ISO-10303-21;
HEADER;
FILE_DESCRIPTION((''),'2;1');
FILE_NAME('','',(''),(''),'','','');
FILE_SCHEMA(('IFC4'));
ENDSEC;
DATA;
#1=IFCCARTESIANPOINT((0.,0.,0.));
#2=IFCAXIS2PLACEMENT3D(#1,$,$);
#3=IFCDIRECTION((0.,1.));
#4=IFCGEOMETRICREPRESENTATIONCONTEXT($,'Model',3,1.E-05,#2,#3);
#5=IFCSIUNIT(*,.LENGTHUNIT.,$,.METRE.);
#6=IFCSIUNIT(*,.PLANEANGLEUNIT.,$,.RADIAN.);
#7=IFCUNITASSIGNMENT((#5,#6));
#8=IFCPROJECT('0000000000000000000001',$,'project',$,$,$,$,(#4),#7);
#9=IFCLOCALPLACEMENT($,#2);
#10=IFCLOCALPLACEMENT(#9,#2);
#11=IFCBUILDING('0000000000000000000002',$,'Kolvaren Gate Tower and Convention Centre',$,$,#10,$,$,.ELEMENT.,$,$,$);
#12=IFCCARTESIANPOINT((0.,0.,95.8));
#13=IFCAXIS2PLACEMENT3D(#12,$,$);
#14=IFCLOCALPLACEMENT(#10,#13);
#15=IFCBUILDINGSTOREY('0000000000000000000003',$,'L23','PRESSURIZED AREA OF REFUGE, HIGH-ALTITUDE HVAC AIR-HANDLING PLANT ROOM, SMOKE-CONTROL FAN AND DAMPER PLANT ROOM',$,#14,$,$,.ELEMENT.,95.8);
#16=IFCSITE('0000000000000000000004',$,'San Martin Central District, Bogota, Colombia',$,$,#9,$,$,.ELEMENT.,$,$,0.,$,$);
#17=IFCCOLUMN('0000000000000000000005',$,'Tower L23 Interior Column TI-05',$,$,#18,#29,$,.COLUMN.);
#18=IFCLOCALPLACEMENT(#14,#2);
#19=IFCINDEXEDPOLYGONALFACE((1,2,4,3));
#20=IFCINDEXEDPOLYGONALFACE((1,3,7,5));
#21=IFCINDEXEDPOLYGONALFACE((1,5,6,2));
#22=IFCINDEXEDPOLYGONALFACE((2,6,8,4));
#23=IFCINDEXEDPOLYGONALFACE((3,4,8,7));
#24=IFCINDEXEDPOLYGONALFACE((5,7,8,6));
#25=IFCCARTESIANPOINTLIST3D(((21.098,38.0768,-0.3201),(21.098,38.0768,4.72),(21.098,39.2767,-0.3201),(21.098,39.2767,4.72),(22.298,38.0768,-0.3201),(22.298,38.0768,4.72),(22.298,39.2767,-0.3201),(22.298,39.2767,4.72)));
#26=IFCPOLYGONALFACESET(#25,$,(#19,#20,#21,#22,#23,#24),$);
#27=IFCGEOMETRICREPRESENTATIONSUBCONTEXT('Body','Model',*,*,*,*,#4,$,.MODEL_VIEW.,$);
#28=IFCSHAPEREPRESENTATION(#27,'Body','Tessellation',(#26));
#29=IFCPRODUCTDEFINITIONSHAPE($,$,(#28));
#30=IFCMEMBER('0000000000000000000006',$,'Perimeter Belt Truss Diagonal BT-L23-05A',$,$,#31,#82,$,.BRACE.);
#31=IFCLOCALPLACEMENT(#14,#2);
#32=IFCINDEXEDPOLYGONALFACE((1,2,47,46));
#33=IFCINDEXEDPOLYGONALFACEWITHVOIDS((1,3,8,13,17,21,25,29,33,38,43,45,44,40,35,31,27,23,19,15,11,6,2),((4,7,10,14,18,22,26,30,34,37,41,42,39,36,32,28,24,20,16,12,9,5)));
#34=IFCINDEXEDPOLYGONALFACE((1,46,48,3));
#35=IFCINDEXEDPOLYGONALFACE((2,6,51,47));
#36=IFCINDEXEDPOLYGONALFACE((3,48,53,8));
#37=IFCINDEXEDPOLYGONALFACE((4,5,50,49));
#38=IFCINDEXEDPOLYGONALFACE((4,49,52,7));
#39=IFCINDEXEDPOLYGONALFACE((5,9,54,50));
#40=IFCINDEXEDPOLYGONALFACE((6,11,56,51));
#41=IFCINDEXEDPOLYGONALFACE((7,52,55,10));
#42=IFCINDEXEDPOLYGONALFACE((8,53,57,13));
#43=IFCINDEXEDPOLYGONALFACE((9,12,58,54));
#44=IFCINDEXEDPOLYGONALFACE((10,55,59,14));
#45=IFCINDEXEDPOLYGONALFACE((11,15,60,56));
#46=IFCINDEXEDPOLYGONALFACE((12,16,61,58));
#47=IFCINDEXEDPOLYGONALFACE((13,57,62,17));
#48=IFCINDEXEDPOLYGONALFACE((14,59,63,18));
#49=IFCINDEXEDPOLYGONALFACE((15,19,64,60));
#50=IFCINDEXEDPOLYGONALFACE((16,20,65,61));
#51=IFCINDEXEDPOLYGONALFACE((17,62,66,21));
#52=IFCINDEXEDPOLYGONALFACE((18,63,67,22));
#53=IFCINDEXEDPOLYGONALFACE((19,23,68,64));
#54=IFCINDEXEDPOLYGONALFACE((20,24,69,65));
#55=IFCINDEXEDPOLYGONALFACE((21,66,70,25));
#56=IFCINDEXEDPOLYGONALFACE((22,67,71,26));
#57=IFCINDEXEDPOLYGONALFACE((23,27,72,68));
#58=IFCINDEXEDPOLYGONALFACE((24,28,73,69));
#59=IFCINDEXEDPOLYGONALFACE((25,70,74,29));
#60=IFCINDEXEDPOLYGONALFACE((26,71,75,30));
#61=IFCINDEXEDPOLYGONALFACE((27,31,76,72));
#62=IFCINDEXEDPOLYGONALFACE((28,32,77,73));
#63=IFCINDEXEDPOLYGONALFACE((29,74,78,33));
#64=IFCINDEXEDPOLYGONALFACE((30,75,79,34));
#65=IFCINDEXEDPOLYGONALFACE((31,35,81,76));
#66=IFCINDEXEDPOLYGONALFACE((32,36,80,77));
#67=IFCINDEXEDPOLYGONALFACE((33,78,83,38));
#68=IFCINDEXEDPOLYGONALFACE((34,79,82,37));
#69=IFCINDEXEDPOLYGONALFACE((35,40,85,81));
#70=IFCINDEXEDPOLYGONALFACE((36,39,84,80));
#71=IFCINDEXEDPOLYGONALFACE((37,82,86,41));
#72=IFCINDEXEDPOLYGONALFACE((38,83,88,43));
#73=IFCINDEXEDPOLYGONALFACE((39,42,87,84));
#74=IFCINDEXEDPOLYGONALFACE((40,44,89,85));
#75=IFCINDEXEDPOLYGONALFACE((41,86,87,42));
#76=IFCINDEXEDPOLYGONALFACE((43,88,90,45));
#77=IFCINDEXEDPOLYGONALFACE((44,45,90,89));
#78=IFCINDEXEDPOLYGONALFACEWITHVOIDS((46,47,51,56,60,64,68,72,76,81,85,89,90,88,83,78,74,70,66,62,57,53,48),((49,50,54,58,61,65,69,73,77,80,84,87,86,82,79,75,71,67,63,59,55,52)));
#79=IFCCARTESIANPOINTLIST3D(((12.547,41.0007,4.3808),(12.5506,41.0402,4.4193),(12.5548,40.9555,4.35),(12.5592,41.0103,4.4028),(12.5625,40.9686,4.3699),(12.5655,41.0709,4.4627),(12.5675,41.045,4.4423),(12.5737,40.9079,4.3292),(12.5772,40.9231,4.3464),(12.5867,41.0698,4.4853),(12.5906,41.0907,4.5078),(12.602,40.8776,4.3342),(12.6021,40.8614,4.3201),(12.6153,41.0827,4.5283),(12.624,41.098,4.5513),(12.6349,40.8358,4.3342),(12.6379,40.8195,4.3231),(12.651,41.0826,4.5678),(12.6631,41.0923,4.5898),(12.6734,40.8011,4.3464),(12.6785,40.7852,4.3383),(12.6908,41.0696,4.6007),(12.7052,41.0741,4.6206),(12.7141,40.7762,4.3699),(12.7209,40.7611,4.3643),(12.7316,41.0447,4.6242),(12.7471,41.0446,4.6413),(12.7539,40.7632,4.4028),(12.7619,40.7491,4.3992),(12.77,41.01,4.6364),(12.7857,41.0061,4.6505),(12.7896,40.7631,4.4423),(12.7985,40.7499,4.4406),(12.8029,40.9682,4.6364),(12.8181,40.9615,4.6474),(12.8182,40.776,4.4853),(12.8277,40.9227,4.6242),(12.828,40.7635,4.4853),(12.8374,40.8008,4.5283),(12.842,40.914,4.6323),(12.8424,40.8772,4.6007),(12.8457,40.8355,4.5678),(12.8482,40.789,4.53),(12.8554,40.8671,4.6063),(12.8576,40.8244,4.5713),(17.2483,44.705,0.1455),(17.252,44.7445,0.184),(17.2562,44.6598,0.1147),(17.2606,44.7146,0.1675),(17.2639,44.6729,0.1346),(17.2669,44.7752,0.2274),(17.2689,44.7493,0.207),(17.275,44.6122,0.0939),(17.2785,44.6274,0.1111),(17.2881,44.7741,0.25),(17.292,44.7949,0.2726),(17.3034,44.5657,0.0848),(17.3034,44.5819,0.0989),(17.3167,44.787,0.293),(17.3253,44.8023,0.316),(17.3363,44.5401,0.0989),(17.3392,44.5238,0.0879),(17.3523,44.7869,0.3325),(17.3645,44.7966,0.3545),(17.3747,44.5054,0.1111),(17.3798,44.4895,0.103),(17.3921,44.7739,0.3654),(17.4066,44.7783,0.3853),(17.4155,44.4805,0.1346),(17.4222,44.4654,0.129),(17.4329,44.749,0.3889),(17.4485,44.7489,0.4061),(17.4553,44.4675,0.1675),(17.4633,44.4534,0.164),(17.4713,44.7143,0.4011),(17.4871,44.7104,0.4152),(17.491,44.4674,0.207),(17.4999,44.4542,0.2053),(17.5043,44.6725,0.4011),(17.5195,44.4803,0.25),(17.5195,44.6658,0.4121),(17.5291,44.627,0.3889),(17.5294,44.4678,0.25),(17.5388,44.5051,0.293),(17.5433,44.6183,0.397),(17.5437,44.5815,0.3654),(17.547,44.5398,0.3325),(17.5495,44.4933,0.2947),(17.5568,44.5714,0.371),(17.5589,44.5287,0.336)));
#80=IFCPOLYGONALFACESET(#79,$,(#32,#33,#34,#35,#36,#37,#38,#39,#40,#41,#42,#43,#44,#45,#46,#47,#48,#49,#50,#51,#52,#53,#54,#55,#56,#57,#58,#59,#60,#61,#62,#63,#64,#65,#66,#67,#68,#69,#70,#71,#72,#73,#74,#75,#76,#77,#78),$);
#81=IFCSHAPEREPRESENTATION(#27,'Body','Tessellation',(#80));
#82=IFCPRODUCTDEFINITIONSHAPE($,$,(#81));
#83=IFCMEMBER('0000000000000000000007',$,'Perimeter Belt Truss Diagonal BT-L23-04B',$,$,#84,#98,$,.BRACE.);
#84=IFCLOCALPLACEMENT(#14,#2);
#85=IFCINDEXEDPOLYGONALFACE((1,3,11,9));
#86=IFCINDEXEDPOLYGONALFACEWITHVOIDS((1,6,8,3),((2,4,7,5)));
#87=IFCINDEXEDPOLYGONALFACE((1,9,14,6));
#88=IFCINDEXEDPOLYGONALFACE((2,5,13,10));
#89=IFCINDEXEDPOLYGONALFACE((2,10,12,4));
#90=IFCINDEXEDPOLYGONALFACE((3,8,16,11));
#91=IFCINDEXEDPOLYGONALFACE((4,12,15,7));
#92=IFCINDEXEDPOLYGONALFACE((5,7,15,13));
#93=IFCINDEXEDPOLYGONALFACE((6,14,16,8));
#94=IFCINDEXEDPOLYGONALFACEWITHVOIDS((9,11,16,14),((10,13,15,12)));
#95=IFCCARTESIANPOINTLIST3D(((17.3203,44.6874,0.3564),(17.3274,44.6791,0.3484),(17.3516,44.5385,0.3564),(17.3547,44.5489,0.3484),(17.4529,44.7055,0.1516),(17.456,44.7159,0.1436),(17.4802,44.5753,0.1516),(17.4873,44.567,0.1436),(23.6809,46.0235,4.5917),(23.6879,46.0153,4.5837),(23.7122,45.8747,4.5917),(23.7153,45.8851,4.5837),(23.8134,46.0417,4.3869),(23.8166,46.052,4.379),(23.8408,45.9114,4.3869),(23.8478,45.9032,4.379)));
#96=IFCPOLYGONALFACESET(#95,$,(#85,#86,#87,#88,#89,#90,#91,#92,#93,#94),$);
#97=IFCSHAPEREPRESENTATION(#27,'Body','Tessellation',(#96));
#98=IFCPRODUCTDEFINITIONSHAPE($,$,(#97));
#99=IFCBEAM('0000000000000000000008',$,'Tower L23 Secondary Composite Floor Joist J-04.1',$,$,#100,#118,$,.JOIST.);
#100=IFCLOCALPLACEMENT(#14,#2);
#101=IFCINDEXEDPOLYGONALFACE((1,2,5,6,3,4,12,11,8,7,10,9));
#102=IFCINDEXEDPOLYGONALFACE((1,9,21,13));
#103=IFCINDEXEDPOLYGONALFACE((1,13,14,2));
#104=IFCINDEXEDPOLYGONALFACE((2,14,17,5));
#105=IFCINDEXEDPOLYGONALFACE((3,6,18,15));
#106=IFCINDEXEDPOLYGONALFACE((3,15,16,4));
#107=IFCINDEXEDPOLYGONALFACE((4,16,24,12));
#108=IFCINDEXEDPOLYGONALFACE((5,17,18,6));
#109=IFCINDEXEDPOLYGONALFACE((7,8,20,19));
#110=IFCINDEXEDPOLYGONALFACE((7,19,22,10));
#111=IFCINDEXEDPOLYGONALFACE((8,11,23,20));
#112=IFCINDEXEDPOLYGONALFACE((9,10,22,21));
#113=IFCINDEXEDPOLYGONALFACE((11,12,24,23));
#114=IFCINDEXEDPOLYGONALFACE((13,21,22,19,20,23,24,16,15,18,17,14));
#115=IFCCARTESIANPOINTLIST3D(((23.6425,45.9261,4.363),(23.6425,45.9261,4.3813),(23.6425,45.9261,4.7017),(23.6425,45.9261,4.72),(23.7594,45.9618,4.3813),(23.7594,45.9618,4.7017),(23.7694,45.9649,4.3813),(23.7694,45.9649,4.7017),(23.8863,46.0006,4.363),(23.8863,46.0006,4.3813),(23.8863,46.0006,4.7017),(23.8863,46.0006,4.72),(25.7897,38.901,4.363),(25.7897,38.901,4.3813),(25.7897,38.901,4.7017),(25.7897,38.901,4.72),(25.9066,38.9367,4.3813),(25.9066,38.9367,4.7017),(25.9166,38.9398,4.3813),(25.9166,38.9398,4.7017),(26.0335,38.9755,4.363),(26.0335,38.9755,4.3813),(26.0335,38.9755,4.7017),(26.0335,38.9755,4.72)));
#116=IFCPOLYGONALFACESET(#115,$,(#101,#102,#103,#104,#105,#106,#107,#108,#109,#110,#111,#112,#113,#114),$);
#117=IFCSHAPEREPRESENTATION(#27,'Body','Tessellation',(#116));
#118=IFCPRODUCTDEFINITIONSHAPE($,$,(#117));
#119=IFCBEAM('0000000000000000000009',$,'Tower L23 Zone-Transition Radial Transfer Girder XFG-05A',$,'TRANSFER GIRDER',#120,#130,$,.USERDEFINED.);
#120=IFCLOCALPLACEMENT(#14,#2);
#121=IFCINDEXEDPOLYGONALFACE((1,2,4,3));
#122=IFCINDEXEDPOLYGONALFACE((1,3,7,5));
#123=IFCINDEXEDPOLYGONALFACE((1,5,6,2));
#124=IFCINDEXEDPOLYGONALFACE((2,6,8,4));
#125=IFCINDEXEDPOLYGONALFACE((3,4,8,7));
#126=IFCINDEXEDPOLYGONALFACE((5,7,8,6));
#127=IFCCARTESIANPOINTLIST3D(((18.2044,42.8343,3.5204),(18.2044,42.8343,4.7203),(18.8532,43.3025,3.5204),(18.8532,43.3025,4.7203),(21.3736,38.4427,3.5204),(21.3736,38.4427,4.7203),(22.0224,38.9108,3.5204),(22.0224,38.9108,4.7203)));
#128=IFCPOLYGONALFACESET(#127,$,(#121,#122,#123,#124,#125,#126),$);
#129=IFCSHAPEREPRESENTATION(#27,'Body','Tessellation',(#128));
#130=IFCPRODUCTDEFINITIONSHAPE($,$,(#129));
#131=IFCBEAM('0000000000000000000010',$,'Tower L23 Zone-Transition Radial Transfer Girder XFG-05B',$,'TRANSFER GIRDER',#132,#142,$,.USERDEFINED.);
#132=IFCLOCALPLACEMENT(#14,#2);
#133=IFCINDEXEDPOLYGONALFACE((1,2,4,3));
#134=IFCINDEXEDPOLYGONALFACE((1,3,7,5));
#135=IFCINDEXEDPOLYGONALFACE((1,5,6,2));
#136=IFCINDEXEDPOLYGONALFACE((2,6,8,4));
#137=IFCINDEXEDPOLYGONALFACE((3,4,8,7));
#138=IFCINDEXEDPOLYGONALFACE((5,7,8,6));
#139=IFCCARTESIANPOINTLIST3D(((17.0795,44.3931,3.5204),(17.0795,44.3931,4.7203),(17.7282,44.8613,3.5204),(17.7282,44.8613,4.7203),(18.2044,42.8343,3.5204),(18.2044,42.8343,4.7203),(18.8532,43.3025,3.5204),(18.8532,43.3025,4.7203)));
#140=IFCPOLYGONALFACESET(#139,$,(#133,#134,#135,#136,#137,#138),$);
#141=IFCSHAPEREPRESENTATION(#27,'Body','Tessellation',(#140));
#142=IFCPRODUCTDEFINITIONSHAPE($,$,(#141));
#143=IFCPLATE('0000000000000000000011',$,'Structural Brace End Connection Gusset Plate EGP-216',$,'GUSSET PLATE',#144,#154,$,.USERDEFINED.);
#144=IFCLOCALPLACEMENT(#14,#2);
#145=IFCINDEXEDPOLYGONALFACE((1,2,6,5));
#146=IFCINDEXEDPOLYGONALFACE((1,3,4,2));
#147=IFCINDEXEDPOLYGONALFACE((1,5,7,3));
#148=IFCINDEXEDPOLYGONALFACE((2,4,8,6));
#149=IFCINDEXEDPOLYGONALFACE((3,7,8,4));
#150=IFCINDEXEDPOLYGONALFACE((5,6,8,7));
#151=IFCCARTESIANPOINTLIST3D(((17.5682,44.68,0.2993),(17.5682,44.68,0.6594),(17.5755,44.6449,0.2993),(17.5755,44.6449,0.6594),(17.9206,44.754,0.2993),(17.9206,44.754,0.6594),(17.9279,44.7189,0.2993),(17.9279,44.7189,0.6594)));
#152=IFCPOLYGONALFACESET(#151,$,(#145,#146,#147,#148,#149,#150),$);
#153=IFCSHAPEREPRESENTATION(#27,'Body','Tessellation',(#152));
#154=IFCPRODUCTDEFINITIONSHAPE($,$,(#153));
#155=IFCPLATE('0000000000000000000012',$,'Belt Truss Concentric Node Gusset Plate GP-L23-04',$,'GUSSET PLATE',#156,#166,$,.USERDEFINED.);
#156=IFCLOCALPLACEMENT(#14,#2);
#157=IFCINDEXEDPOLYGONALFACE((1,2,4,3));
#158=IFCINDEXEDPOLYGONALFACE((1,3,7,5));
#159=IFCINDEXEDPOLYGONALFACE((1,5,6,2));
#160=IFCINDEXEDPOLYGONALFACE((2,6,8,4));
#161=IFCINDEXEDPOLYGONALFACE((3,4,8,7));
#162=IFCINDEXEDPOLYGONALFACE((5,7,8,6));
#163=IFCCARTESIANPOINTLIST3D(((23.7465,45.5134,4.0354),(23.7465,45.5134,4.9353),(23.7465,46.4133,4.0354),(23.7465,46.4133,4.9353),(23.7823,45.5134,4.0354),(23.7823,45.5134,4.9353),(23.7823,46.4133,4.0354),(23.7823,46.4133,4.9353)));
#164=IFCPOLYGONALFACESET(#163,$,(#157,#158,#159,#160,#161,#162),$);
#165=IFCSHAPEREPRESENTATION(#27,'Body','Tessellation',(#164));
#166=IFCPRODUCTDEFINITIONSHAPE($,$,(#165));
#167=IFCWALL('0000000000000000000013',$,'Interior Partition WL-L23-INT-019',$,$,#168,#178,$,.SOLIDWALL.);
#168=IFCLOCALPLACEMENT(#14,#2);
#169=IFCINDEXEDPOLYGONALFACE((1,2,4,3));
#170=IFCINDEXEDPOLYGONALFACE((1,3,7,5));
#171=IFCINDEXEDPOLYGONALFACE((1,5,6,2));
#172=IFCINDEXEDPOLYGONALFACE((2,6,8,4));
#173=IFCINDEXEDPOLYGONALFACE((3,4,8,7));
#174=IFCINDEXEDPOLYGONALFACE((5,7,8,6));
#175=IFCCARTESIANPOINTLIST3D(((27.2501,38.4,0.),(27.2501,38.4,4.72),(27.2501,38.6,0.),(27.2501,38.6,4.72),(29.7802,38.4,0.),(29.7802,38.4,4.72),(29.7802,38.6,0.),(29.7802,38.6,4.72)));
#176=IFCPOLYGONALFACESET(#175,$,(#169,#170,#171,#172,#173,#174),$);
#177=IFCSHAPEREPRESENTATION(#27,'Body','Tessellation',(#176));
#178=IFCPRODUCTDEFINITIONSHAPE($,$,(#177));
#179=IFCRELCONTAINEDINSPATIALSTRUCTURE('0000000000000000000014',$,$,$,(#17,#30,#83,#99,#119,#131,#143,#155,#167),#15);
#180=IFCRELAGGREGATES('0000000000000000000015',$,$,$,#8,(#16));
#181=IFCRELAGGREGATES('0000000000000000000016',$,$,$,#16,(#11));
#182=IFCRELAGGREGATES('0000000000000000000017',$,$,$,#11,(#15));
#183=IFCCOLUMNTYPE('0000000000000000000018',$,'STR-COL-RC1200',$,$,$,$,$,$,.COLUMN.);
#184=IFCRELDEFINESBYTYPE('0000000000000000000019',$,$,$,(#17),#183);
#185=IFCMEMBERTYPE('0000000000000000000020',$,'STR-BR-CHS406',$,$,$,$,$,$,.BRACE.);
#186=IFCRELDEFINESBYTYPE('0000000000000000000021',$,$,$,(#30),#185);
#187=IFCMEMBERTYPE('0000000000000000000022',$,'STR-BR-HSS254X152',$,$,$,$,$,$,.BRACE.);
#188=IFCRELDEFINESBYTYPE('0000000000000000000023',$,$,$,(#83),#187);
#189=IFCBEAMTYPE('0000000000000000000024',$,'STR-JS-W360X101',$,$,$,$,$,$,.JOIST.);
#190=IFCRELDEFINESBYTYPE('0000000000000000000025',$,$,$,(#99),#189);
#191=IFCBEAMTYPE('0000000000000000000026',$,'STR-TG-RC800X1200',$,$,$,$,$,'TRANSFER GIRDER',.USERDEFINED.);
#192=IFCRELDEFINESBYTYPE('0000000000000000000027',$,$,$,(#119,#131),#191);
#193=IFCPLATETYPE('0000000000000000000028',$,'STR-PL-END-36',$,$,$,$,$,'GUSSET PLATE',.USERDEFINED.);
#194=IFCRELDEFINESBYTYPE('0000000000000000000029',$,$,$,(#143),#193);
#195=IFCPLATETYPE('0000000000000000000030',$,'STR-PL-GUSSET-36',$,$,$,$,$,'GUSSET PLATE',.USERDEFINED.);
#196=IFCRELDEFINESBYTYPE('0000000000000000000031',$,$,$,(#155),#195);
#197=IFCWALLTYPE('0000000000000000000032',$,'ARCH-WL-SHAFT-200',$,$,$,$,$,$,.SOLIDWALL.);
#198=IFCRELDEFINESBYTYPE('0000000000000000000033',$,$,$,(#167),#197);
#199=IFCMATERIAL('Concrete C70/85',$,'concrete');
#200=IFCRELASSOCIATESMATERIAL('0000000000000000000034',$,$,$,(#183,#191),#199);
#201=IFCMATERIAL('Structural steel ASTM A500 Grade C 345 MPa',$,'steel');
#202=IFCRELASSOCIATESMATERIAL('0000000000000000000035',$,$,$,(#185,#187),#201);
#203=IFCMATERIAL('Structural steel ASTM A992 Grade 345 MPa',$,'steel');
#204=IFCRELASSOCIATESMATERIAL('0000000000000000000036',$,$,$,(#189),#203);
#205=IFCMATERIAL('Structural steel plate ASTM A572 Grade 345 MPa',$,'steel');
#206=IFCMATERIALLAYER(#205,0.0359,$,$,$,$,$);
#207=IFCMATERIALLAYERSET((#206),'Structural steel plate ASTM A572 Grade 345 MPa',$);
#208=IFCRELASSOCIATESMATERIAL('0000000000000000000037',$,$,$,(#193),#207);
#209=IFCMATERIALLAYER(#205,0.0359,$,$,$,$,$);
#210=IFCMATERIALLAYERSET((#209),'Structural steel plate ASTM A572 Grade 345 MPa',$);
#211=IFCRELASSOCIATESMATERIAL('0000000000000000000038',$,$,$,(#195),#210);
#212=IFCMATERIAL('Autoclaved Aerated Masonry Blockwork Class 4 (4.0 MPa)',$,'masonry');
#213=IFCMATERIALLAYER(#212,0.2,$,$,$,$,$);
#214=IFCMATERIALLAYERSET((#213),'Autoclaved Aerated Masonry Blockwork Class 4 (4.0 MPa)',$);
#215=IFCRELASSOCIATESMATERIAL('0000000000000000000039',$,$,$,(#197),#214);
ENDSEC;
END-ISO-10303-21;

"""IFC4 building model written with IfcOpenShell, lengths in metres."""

from ifc_helpers import new_model, si_unit, direction, frame, frame_2d, origin, origin_2d, place, context, subcontext, project, spatial, rectangle, hollow_rectangle, hollow_circle, i_section, extrude, material, layer, layer_set, material_profile, profile_set, type_object, element, save


model = new_model("IFC4")

# Units and contexts
model_context = context("Model", 3, precision=1e-05, world=origin(), true_north=direction((0.0, 1.0)))
body_context = subcontext(model_context, "Body", "Model", "MODEL_VIEW")
ifc_project = project(units=[si_unit("LENGTHUNIT", "METRE"), si_unit("PLANEANGLEUNIT", "RADIAN")], contexts=[model_context])

# Site, building, storey
site_placement = place(None, origin())
site = spatial("IfcSite", under=ifc_project, at=site_placement, Name="San Martin Central District, Bogota, Colombia", CompositionType="ELEMENT", RefElevation=0.0)
building_placement = place(site_placement, origin())
building = spatial("IfcBuilding", under=site, at=building_placement, Name="Kolvaren Gate Tower and Convention Centre", CompositionType="ELEMENT")
storey_placement = place(building_placement, frame((0.0, 0.0, 95.8)))
storey = spatial("IfcBuildingStorey", under=building, at=storey_placement, Name="L23", Description="PRESSURIZED AREA OF REFUGE, HIGH-ALTITUDE HVAC AIR-HANDLING PLANT ROOM, SMOKE-CONTROL FAN AND DAMPER PLANT ROOM", CompositionType="ELEMENT", Elevation=95.8)

# Column
ifc_material_1 = material(Name="Concrete C70/85", Category="concrete")
ifc_material_profile_1 = material_profile(ifc_material_1, rectangle(XDim=1.2, YDim=1.2, at=origin_2d()), Name="RC-COL-1200X1200")
ifc_profile_set_1 = profile_set([ifc_material_profile_1], Name="Concrete C70/85")
column_type = type_object("IfcColumnType", Name="STR-COL-RC1200", PredefinedType="COLUMN", material=ifc_profile_set_1)
column_placement = place(storey_placement, frame((21.698, 38.6768, -0.3201), z_axis=(0.0, 0.0, 1.0), x_axis=(1.0, 0.0, 0.0)))
element("IfcColumn", 1, at=column_placement, inside=storey, type_object=column_type, Name="Tower L23 Interior Column TI-05", PredefinedType="COLUMN", context=body_context, shape_type="SweptSolid", body=[
    extrude(rectangle(XDim=1.2, YDim=1.2, at=origin_2d()), origin(), (0.0, 0.0, 1.0), 5.04),
])

# Members
ifc_material_2 = material(Name="Structural steel ASTM A500 Grade C 345 MPa", Category="steel")
ifc_material_profile_2 = material_profile(ifc_material_2, hollow_circle(Radius=0.2029, WallThickness=0.0159, at=origin_2d()), Name="CHS406X15.9")
ifc_profile_set_2 = profile_set([ifc_material_profile_2], Name="Structural steel ASTM A500 Grade C 345 MPa")
member_type_1 = type_object("IfcMemberType", Name="STR-BR-CHS406", PredefinedType="BRACE", material=ifc_profile_set_2)
member_1_placement = place(storey_placement, frame((17.4038, 44.6272, 0.25), z_axis=(-0.641186, -0.505204, 0.577624), x_axis=(0.618893, -0.785475, 0.0)))
element("IfcMember", 2, at=member_1_placement, inside=storey, type_object=member_type_1, Name="Perimeter Belt Truss Diagonal BT-L23-05A", PredefinedType="BRACE", context=body_context, shape_type="SweptSolid", body=[
    extrude(hollow_circle(Radius=0.2029, WallThickness=0.0159, at=origin_2d()), origin(), (0.0, 0.0, 1.0), 7.3323),
])
ifc_material_profile_3 = material_profile(ifc_material_2, hollow_rectangle(XDim=0.1521, YDim=0.2539, WallThickness=0.0095, at=origin_2d()), Name="HSS254X152X9.5")
ifc_profile_set_3 = profile_set([ifc_material_profile_3], Name="Structural steel ASTM A500 Grade C 345 MPa")
member_type_2 = type_object("IfcMemberType", Name="STR-BR-HSS254X152", PredefinedType="BRACE", material=ifc_profile_set_3)
member_2_placement = place(storey_placement, frame((17.4038, 44.6272, 0.25), z_axis=(0.819915, 0.172241, 0.54596), x_axis=(-0.205585, 0.978639, 0.0)))
element("IfcMember", 3, at=member_2_placement, inside=storey, type_object=member_type_2, Name="Perimeter Belt Truss Diagonal BT-L23-04B", PredefinedType="BRACE", context=body_context, shape_type="SweptSolid", body=[
    extrude(hollow_rectangle(XDim=0.1521, YDim=0.2539, WallThickness=0.0095, at=origin_2d()), origin(), (0.0, 0.0, 1.0), 7.7576),
])

# Beams
ifc_material_3 = material(Name="Structural steel ASTM A992 Grade 345 MPa", Category="steel")
ifc_material_profile_4 = material_profile(ifc_material_3, i_section(OverallWidth=0.2549, OverallDepth=0.3569, WebThickness=0.0105, FlangeThickness=0.0183, at=origin_2d()), Name="W360X101")
ifc_profile_set_4 = profile_set([ifc_material_profile_4], Name="Structural steel ASTM A992 Grade 345 MPa")
beam_type_1 = type_object("IfcBeamType", Name="STR-JS-W360X101", PredefinedType="JOIST", material=ifc_profile_set_4)
beam_1_placement = place(storey_placement, frame((25.9116, 38.9382, 4.5415), z_axis=(-0.292299, 0.956327, 0.0), x_axis=(-0.956327, -0.292299, 0.0)))
element("IfcBeam", 4, at=beam_1_placement, inside=storey, type_object=beam_type_1, Name="Tower L23 Secondary Composite Floor Joist J-04.1", PredefinedType="JOIST", context=body_context, shape_type="SweptSolid", body=[
    extrude(i_section(OverallWidth=0.2549, OverallDepth=0.3569, WebThickness=0.0105, FlangeThickness=0.0183, at=origin_2d()), origin(), (0.0, 0.0, 1.0), 7.3459),
])
ifc_material_profile_5 = material_profile(ifc_material_1, rectangle(XDim=0.8, YDim=1.2, at=origin_2d()), Name="RC-BM-800X1200")
ifc_profile_set_5 = profile_set([ifc_material_profile_5], Name="Concrete C70/85")
beam_type_2 = type_object("IfcBeamType", Name="STR-TG-RC800X1200", ElementType="TRANSFER GIRDER", PredefinedType="USERDEFINED", material=ifc_profile_set_5)
beam_2_placement = place(storey_placement, frame((21.698, 38.6768, 4.1204), z_axis=(-0.585184, 0.8109, 0.0), x_axis=(-0.8109, -0.585184, 0.0)))
element("IfcBeam", 5, at=beam_2_placement, inside=storey, type_object=beam_type_2, Name="Tower L23 Zone-Transition Radial Transfer Girder XFG-05A", ObjectType="TRANSFER GIRDER", PredefinedType="USERDEFINED", context=body_context, shape_type="SweptSolid", body=[
    extrude(rectangle(XDim=0.8, YDim=1.2, at=origin_2d()), origin(), (0.0, 0.0, 1.0), 5.4158),
])
beam_3_placement = place(storey_placement, frame((18.5288, 43.0684, 4.1204), z_axis=(-0.585208, 0.810883, 0.0), x_axis=(-0.810883, -0.585208, 0.0)))
element("IfcBeam", 6, at=beam_3_placement, inside=storey, type_object=beam_type_2, Name="Tower L23 Zone-Transition Radial Transfer Girder XFG-05B", ObjectType="TRANSFER GIRDER", PredefinedType="USERDEFINED", context=body_context, shape_type="SweptSolid", body=[
    extrude(rectangle(XDim=0.8, YDim=1.2, at=origin_2d()), origin(), (0.0, 0.0, 1.0), 1.9224),
])

# Plates
ifc_material_4 = material(Name="Structural steel plate ASTM A572 Grade 345 MPa", Category="steel")
ifc_layer_1 = layer(ifc_material_4, 0.0359)
ifc_layer_set_1 = layer_set([ifc_layer_1], Name="Structural steel plate ASTM A572 Grade 345 MPa")
plate_type_1 = type_object("IfcPlateType", Name="STR-PL-END-36", ElementType="GUSSET PLATE", PredefinedType="USERDEFINED", material=ifc_layer_set_1)
plate_1_placement = place(storey_placement, frame((17.748, 44.6995, 0.2993), z_axis=(0.0, 0.0, 1.0), x_axis=(0.978633, 0.205613, 0.0)))
element("IfcPlate", 7, at=plate_1_placement, inside=storey, type_object=plate_type_1, Name="Structural Brace End Connection Gusset Plate EGP-216", ObjectType="GUSSET PLATE", PredefinedType="USERDEFINED", context=body_context, shape_type="SweptSolid", body=[
    extrude(rectangle(XDim=0.3601, YDim=0.0359, at=origin_2d()), origin(), (0.0, 0.0, 1.0), 0.3601),
])
ifc_layer_2 = layer(ifc_material_4, 0.0359)
ifc_layer_set_2 = layer_set([ifc_layer_2], Name="Structural steel plate ASTM A572 Grade 345 MPa")
plate_type_2 = type_object("IfcPlateType", Name="STR-PL-GUSSET-36", ElementType="GUSSET PLATE", PredefinedType="USERDEFINED", material=ifc_layer_set_2)
plate_2_placement = place(storey_placement, frame((23.7644, 45.9634, 4.0354), z_axis=(0.0, 0.0, 1.0), x_axis=(0.0, 1.0, 0.0)))
element("IfcPlate", 8, at=plate_2_placement, inside=storey, type_object=plate_type_2, Name="Belt Truss Concentric Node Gusset Plate GP-L23-04", ObjectType="GUSSET PLATE", PredefinedType="USERDEFINED", context=body_context, shape_type="SweptSolid", body=[
    extrude(rectangle(XDim=0.8999, YDim=0.0359, at=origin_2d()), origin(), (0.0, 0.0, 1.0), 0.8999),
])

# Wall
ifc_material_5 = material(Name="Autoclaved Aerated Masonry Blockwork Class 4 (4.0 MPa)", Category="masonry")
ifc_layer_3 = layer(ifc_material_5, 0.2)
ifc_layer_set_3 = layer_set([ifc_layer_3], Name="Autoclaved Aerated Masonry Blockwork Class 4 (4.0 MPa)")
wall_type_1 = type_object("IfcWallType", Name="ARCH-WL-SHAFT-200", PredefinedType="SOLIDWALL", material=ifc_layer_set_3)
wall_1_placement = place(storey_placement, frame((27.25, 38.5, 0.0), z_axis=(0.0, 0.0, 1.0), x_axis=(1.0, 0.0, 0.0)))
element("IfcWall", 9, at=wall_1_placement, inside=storey, type_object=wall_type_1, Name="Interior Partition WL-L23-INT-019", PredefinedType="SOLIDWALL", context=body_context, shape_type="SweptSolid", body=[
    extrude(rectangle(XDim=2.53, YDim=0.2, at=frame_2d((1.2651, 0.0))), origin(), (0.0, 0.0, 1.0), 4.72),
])

save(model, "model.ifc")
